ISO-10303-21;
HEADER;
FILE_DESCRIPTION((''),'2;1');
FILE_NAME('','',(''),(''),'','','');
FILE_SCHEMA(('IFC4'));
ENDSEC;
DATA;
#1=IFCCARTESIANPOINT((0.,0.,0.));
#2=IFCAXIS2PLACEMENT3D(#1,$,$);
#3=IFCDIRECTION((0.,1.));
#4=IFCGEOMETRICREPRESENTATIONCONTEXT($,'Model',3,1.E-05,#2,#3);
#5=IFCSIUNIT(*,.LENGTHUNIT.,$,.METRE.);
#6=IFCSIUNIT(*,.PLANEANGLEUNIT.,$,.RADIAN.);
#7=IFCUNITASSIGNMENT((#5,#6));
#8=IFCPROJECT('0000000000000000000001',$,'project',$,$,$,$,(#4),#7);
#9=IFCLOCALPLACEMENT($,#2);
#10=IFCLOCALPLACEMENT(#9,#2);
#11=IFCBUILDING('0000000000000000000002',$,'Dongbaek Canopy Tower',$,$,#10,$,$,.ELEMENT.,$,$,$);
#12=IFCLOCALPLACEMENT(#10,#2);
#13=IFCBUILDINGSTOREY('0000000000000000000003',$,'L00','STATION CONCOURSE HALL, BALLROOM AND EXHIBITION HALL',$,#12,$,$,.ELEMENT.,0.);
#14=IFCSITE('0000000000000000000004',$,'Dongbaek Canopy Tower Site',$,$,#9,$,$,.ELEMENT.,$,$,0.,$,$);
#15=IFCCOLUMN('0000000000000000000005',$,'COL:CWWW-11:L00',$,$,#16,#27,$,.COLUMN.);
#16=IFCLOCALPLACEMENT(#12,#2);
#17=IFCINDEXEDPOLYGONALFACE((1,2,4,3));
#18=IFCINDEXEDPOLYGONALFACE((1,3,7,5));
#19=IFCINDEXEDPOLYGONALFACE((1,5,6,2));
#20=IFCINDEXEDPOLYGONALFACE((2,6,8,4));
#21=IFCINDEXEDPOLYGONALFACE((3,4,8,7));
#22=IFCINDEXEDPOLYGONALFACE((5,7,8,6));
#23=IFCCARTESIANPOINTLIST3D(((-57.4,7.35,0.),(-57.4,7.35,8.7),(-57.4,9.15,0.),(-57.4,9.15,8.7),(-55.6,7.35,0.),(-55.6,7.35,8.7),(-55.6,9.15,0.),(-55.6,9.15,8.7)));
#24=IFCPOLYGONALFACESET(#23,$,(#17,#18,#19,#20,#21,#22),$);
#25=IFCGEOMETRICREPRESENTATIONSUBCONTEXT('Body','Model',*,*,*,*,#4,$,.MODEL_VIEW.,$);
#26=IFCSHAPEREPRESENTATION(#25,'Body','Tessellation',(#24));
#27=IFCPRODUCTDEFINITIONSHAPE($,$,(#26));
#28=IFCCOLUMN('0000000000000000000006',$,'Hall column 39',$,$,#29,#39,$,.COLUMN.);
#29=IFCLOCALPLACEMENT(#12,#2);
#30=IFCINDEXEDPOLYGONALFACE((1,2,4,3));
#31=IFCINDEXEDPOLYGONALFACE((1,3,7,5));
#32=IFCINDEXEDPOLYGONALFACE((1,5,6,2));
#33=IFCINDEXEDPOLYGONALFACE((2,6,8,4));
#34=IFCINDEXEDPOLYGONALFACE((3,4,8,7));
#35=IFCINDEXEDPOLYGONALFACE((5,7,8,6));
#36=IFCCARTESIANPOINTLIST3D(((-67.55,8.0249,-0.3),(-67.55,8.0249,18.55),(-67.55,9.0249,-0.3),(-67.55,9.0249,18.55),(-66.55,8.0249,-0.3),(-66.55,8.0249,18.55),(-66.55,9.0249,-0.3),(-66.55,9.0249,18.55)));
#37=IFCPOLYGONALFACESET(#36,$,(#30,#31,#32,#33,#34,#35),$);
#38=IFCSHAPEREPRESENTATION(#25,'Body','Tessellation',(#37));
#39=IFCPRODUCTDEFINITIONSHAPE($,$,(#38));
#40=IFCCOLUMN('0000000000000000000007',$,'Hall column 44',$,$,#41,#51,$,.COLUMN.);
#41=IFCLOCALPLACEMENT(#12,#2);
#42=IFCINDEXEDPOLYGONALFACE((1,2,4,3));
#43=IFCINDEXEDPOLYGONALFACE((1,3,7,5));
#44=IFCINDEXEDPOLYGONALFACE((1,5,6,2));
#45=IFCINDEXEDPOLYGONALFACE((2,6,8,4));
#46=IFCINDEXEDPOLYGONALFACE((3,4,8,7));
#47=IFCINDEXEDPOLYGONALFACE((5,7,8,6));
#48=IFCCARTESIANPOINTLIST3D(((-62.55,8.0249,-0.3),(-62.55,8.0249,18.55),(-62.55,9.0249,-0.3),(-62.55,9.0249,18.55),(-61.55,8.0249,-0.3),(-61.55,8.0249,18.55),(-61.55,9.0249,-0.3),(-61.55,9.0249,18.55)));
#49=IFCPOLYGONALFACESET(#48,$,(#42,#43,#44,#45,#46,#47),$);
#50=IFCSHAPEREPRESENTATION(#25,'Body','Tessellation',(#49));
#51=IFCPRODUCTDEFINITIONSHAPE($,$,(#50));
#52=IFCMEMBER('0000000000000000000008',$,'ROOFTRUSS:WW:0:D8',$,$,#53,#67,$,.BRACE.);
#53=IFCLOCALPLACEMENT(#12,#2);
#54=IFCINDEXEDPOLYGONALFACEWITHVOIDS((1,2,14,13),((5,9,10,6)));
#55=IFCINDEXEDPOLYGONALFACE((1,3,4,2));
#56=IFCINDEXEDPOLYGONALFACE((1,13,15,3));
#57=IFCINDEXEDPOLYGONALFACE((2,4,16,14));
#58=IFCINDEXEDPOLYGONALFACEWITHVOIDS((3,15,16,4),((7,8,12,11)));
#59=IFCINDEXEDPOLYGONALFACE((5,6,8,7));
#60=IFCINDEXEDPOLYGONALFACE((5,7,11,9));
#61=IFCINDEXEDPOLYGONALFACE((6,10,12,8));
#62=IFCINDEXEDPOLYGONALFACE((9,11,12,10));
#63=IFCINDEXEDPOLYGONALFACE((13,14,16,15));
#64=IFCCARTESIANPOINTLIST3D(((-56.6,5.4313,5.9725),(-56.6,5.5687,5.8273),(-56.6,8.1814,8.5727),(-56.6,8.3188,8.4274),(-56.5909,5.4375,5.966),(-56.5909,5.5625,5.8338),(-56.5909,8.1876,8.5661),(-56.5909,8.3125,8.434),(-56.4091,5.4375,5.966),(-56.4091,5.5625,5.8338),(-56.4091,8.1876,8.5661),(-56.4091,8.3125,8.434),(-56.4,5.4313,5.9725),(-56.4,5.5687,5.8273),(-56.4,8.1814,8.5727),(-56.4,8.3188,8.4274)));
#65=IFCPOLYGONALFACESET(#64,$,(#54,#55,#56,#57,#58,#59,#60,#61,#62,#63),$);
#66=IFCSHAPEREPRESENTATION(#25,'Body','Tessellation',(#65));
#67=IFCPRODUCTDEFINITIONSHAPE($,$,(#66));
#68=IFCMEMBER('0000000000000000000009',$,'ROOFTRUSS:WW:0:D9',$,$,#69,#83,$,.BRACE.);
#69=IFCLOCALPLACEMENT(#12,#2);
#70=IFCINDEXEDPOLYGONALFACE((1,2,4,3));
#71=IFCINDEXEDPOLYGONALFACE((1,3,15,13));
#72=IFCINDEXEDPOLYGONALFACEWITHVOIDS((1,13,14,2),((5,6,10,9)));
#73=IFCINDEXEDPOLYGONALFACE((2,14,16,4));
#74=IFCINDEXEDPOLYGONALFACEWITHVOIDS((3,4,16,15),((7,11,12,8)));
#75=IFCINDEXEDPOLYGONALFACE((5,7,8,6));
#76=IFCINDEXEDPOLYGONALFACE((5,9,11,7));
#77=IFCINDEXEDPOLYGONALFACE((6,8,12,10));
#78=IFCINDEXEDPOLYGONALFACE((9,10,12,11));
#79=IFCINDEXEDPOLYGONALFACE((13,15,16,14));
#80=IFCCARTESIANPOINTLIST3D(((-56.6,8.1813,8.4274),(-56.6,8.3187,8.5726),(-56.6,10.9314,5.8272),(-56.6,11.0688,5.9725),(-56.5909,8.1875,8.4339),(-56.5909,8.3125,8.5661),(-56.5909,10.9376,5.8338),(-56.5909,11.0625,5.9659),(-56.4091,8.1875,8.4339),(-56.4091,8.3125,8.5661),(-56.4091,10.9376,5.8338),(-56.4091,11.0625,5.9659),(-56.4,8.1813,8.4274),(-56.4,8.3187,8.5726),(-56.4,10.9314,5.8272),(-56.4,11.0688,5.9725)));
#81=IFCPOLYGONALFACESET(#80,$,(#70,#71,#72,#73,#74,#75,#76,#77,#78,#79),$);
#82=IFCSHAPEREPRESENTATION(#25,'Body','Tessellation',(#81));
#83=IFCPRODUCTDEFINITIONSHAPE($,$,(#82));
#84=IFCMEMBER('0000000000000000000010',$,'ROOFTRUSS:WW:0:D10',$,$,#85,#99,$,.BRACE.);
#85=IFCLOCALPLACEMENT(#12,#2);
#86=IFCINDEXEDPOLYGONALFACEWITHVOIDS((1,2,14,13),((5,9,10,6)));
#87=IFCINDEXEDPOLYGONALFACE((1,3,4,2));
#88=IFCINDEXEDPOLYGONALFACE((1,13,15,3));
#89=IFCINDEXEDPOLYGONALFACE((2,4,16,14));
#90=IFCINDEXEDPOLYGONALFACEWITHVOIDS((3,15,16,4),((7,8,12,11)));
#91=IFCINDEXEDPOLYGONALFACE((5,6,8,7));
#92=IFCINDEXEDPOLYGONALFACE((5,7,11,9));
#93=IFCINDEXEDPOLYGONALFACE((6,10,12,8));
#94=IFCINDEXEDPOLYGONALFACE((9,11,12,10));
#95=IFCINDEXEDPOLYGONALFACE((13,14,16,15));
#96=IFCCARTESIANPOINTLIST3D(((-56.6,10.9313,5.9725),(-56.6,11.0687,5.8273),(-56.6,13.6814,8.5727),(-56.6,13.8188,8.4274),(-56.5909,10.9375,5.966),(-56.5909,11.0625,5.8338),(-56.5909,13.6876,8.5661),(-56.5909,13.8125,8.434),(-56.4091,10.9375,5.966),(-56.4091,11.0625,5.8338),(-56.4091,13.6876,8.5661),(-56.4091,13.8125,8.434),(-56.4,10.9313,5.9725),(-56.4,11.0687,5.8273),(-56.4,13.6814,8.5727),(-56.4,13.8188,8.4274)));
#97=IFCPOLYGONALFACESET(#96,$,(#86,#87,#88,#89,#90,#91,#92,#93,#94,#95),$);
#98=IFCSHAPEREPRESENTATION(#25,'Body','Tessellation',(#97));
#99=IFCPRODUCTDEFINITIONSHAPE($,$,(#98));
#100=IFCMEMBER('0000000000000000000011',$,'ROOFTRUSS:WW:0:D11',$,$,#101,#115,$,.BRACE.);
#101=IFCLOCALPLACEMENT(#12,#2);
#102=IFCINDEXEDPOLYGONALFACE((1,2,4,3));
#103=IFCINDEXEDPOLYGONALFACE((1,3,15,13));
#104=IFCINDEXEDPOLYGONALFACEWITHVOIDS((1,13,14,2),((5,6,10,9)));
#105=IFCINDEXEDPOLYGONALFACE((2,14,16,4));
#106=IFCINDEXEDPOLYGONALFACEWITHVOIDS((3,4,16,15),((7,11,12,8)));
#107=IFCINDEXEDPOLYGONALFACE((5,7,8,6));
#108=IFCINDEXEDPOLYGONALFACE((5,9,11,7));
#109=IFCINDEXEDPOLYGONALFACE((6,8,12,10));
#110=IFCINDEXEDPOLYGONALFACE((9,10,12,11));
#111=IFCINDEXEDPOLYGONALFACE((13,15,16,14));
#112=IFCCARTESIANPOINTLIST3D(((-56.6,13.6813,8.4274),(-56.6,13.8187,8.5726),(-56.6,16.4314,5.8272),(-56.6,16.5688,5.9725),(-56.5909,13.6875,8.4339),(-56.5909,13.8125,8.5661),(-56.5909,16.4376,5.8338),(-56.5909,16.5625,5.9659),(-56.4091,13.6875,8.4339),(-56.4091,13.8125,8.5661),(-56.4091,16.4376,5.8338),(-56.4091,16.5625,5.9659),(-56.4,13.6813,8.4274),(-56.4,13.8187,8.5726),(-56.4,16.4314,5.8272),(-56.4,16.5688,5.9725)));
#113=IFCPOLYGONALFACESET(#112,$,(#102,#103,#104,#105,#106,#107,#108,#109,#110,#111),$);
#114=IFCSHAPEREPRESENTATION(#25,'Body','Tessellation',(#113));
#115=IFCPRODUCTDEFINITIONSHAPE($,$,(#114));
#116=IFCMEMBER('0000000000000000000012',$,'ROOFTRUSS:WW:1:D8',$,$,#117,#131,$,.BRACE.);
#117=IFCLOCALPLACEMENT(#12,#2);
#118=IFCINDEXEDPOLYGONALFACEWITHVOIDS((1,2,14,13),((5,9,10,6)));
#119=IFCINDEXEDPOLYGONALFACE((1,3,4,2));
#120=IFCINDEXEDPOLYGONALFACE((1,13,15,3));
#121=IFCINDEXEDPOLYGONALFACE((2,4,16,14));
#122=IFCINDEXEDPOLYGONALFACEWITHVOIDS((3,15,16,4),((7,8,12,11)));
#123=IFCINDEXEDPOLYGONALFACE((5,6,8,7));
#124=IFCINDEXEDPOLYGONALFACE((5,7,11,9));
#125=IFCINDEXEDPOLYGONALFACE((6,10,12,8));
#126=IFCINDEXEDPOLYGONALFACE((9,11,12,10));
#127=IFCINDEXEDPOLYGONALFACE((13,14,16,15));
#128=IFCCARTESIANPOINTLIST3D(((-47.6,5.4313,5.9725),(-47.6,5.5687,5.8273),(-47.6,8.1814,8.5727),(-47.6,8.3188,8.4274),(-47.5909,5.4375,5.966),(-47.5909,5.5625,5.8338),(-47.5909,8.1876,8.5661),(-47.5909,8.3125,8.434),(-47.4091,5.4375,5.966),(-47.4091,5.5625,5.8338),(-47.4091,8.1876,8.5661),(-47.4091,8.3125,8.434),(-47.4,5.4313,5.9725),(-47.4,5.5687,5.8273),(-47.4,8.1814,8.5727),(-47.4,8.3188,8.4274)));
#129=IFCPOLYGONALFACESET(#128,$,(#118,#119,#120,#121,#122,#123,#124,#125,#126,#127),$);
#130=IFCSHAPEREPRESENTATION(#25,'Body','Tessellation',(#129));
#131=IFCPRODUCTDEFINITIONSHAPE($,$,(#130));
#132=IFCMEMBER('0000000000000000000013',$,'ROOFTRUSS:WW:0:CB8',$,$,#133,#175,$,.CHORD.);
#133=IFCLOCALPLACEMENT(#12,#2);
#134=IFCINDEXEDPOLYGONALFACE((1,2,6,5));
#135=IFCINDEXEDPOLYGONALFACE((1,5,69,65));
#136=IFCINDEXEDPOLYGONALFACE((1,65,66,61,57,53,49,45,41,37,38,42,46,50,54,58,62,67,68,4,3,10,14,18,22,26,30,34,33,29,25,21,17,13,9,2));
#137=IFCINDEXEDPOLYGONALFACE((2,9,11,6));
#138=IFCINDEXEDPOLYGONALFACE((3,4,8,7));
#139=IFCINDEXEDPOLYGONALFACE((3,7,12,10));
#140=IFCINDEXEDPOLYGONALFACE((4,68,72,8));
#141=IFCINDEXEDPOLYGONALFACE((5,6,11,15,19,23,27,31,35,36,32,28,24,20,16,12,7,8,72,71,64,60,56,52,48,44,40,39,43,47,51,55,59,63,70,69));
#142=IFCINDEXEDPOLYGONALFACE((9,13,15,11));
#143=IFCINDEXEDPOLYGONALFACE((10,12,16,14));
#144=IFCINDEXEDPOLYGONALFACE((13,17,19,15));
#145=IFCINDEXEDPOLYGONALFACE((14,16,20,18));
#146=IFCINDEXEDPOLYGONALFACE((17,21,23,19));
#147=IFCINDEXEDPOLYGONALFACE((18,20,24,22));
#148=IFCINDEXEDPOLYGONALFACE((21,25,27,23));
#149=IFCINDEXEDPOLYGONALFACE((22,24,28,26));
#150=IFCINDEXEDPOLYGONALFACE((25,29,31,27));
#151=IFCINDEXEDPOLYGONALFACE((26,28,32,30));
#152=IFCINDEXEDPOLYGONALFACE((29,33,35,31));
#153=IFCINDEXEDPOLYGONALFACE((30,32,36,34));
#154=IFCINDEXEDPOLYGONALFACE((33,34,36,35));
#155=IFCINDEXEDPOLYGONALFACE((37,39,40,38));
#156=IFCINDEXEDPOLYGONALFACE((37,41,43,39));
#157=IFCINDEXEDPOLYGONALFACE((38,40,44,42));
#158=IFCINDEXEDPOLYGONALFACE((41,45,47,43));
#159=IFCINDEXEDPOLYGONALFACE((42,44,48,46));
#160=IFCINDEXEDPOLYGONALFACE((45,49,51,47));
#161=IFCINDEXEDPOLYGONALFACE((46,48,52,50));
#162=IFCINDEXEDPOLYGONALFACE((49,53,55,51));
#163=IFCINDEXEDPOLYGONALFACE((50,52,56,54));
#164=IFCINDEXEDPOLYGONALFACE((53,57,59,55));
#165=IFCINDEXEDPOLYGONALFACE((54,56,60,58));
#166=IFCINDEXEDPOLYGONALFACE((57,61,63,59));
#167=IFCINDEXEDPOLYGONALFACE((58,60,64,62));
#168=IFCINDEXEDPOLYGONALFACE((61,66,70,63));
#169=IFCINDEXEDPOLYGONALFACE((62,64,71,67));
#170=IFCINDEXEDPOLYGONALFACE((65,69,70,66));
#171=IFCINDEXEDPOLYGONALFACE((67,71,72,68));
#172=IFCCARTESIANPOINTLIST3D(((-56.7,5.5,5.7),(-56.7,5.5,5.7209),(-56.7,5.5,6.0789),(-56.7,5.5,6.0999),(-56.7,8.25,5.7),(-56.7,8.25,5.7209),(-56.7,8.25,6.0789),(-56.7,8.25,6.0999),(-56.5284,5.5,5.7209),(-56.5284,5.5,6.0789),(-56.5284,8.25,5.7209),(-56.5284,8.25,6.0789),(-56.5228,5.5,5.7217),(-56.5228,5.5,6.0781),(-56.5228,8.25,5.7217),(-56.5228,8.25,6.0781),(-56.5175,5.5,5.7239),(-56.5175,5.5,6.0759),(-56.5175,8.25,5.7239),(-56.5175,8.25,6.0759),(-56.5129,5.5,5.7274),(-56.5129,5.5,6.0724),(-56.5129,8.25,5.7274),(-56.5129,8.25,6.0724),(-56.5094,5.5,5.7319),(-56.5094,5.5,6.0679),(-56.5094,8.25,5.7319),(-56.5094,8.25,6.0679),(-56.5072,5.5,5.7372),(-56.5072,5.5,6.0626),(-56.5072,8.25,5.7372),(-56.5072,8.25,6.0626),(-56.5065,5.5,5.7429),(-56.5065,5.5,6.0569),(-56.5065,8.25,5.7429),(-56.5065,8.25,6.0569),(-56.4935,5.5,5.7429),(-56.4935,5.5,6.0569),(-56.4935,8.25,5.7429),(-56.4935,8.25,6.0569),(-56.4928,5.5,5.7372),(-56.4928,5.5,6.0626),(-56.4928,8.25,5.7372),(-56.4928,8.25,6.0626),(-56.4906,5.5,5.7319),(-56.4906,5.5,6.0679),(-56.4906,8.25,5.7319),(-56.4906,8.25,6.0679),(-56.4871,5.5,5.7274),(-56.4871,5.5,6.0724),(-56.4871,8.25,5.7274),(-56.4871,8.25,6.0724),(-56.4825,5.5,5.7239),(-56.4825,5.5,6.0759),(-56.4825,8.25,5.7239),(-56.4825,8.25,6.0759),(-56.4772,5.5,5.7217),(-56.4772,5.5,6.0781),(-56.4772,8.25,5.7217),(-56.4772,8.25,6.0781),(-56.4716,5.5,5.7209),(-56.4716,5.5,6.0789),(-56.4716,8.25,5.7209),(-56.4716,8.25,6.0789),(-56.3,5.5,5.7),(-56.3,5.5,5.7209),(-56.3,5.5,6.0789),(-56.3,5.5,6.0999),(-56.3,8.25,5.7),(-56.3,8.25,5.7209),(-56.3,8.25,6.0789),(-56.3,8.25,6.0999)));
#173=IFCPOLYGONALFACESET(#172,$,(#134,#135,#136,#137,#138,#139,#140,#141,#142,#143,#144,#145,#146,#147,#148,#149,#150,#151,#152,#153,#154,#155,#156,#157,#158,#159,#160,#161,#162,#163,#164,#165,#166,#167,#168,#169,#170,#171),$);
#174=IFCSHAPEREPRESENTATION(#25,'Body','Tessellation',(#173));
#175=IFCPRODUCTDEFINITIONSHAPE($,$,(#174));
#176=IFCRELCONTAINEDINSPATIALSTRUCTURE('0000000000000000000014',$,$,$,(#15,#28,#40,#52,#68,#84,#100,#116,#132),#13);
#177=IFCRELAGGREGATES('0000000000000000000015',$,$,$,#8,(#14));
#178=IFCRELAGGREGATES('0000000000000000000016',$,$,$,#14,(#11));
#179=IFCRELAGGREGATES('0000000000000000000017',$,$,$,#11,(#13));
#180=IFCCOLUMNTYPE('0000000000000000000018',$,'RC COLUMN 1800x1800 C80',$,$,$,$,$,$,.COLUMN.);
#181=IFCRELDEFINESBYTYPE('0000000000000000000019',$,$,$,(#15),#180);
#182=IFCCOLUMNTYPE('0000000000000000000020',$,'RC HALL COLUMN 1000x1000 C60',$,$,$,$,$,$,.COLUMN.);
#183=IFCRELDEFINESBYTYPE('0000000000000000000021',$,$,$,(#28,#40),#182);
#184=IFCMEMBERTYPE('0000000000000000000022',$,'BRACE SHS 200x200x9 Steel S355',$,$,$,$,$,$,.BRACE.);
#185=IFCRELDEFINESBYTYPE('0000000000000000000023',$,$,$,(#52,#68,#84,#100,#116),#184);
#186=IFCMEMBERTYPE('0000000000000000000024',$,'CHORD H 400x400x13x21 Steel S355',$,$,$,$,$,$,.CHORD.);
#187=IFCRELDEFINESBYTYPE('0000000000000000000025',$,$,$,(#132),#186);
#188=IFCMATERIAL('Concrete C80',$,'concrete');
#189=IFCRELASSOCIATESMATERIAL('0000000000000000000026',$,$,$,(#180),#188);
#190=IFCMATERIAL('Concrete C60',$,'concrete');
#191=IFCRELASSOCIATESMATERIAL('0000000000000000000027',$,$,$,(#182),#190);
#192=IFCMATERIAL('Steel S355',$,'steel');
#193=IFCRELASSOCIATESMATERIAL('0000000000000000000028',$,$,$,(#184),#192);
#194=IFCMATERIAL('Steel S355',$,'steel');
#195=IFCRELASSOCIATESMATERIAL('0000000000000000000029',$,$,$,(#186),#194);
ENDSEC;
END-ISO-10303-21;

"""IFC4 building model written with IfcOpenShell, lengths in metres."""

from ifc_helpers import new_model, si_unit, direction, frame, origin, origin_2d, place, context, subcontext, project, spatial, rectangle, hollow_rectangle, i_section, extrude, material, material_profile, profile_set, type_object, element, save


model = new_model("IFC4")

# Units and contexts
model_context = context("Model", 3, precision=1e-05, world=origin(), true_north=direction((0.0, 1.0)))
body_context = subcontext(model_context, "Body", "Model", "MODEL_VIEW")
ifc_project = project(units=[si_unit("LENGTHUNIT", "METRE"), si_unit("PLANEANGLEUNIT", "RADIAN")], contexts=[model_context])

# Site, building, storey
site_placement = place(None, origin())
site = spatial("IfcSite", under=ifc_project, at=site_placement, Name="Dongbaek Canopy Tower Site", CompositionType="ELEMENT", RefElevation=0.0)
building_placement = place(site_placement, origin())
building = spatial("IfcBuilding", under=site, at=building_placement, Name="Dongbaek Canopy Tower", CompositionType="ELEMENT")
storey_placement = place(building_placement, origin())
storey = spatial("IfcBuildingStorey", under=building, at=storey_placement, Name="L00", Description="STATION CONCOURSE HALL, BALLROOM AND EXHIBITION HALL", CompositionType="ELEMENT", Elevation=0.0)

# Columns
ifc_material_1 = material(Name="Concrete C80", Category="concrete")
ifc_material_profile_1 = material_profile(ifc_material_1, rectangle(XDim=1.8, YDim=1.8, at=origin_2d()), Name="RC COLUMN 1800x1800 C80")
ifc_profile_set_1 = profile_set([ifc_material_profile_1], Name="Concrete C80")
column_type_1 = type_object("IfcColumnType", Name="RC COLUMN 1800x1800 C80", PredefinedType="COLUMN", material=ifc_profile_set_1)
column_placement = place(storey_placement, frame((-56.5, 8.25, 0.0), z_axis=(0.0, 0.0, 1.0), x_axis=(1.0, 0.0, 0.0)))
element("IfcColumn", 1, at=column_placement, inside=storey, type_object=column_type_1, Name="COL:CWWW-11:L00", PredefinedType="COLUMN", context=body_context, shape_type="SweptSolid", body=[
    extrude(rectangle(XDim=1.8, YDim=1.8, at=origin_2d()), origin(), (0.0, 0.0, 1.0), 8.7),
])
ifc_material_2 = material(Name="Concrete C60", Category="concrete")
ifc_material_profile_2 = material_profile(ifc_material_2, rectangle(XDim=1.0, YDim=1.0, at=origin_2d()), Name="RC HALL COLUMN 1000x1000 C60")
ifc_profile_set_2 = profile_set([ifc_material_profile_2], Name="Concrete C60")
column_type_2 = type_object("IfcColumnType", Name="RC HALL COLUMN 1000x1000 C60", PredefinedType="COLUMN", material=ifc_profile_set_2)
for number, where, z_axis, x_axis, name in (
    (2, (-67.05, 8.5249, -0.3), (0.0, 0.0, 1.0), (1.0, 0.0, 0.0), "Hall column 39"),
    (3, (-62.05, 8.5249, -0.3), (0.0, 0.0, 1.0), (1.0, 0.0, 0.0), "Hall column 44"),
):
    element("IfcColumn", number, at=place(storey_placement, frame(where, z_axis=z_axis, x_axis=x_axis)), inside=storey, type_object=column_type_2, Name=name, PredefinedType="COLUMN", context=body_context, shape_type="SweptSolid", body=[
        extrude(rectangle(XDim=1.0, YDim=1.0, at=origin_2d()), origin(), (0.0, 0.0, 1.0), 18.8501),
    ])

# Members
ifc_material_3 = material(Name="Steel S355", Category="steel")
ifc_material_profile_3 = material_profile(ifc_material_3, hollow_rectangle(XDim=0.2, YDim=0.2, WallThickness=0.009, at=origin_2d()), Name="BRACE SHS 200x200x9 Steel S355")
ifc_profile_set_3 = profile_set([ifc_material_profile_3], Name="Steel S355")
member_type_1 = type_object("IfcMemberType", Name="BRACE SHS 200x200x9 Steel S355", PredefinedType="BRACE", material=ifc_profile_set_3)
for number, where, z_axis, x_axis, name in (
    (4, (-56.5, 5.5, 5.8999), (0.0, 0.726634, 0.687025), (-1.0, 0.0, 0.0), "ROOFTRUSS:WW:0:D8"),
    (5, (-56.5, 8.25, 8.5), (0.0, 0.726634, -0.687025), (-1.0, 0.0, 0.0), "ROOFTRUSS:WW:0:D9"),
    (6, (-56.5, 11.0, 5.8999), (0.0, 0.726634, 0.687025), (-1.0, 0.0, 0.0), "ROOFTRUSS:WW:0:D10"),
    (7, (-56.5, 13.75, 8.5), (0.0, 0.726634, -0.687025), (-1.0, 0.0, 0.0), "ROOFTRUSS:WW:0:D11"),
    (8, (-47.5, 5.5, 5.8999), (0.0, 0.726634, 0.687025), (-1.0, 0.0, 0.0), "ROOFTRUSS:WW:1:D8"),
):
    element("IfcMember", number, at=place(storey_placement, frame(where, z_axis=z_axis, x_axis=x_axis)), inside=storey, type_object=member_type_1, Name=name, PredefinedType="BRACE", context=body_context, shape_type="SweptSolid", body=[
        extrude(hollow_rectangle(XDim=0.2, YDim=0.2, WallThickness=0.009, at=origin_2d()), origin(), (0.0, 0.0, 1.0), 3.7847),
    ])
ifc_material_4 = material(Name="Steel S355", Category="steel")
ifc_material_profile_4 = material_profile(ifc_material_4, i_section(OverallWidth=0.3999, OverallDepth=0.3999, WebThickness=0.0129, FlangeThickness=0.021, FilletRadius=0.022, at=origin_2d()), Name="CHORD H 400x400x13x21 Steel S355")
ifc_profile_set_4 = profile_set([ifc_material_profile_4], Name="Steel S355")
member_type_2 = type_object("IfcMemberType", Name="CHORD H 400x400x13x21 Steel S355", PredefinedType="CHORD", material=ifc_profile_set_4)
for number, where, z_axis, x_axis, name in (
    (9, (-56.5, 5.5, 5.8999), (0.0, 1.0, 0.0), (-1.0, 0.0, 0.0), "ROOFTRUSS:WW:0:CB8"),
):
    element("IfcMember", number, at=place(storey_placement, frame(where, z_axis=z_axis, x_axis=x_axis)), inside=storey, type_object=member_type_2, Name=name, PredefinedType="CHORD", context=body_context, shape_type="SweptSolid", body=[
        extrude(i_section(OverallWidth=0.3999, OverallDepth=0.3999, WebThickness=0.0129, FlangeThickness=0.021, FilletRadius=0.022, at=origin_2d()), origin(), (0.0, 0.0, 1.0), 2.75),
    ])

save(model, "model.ifc")
